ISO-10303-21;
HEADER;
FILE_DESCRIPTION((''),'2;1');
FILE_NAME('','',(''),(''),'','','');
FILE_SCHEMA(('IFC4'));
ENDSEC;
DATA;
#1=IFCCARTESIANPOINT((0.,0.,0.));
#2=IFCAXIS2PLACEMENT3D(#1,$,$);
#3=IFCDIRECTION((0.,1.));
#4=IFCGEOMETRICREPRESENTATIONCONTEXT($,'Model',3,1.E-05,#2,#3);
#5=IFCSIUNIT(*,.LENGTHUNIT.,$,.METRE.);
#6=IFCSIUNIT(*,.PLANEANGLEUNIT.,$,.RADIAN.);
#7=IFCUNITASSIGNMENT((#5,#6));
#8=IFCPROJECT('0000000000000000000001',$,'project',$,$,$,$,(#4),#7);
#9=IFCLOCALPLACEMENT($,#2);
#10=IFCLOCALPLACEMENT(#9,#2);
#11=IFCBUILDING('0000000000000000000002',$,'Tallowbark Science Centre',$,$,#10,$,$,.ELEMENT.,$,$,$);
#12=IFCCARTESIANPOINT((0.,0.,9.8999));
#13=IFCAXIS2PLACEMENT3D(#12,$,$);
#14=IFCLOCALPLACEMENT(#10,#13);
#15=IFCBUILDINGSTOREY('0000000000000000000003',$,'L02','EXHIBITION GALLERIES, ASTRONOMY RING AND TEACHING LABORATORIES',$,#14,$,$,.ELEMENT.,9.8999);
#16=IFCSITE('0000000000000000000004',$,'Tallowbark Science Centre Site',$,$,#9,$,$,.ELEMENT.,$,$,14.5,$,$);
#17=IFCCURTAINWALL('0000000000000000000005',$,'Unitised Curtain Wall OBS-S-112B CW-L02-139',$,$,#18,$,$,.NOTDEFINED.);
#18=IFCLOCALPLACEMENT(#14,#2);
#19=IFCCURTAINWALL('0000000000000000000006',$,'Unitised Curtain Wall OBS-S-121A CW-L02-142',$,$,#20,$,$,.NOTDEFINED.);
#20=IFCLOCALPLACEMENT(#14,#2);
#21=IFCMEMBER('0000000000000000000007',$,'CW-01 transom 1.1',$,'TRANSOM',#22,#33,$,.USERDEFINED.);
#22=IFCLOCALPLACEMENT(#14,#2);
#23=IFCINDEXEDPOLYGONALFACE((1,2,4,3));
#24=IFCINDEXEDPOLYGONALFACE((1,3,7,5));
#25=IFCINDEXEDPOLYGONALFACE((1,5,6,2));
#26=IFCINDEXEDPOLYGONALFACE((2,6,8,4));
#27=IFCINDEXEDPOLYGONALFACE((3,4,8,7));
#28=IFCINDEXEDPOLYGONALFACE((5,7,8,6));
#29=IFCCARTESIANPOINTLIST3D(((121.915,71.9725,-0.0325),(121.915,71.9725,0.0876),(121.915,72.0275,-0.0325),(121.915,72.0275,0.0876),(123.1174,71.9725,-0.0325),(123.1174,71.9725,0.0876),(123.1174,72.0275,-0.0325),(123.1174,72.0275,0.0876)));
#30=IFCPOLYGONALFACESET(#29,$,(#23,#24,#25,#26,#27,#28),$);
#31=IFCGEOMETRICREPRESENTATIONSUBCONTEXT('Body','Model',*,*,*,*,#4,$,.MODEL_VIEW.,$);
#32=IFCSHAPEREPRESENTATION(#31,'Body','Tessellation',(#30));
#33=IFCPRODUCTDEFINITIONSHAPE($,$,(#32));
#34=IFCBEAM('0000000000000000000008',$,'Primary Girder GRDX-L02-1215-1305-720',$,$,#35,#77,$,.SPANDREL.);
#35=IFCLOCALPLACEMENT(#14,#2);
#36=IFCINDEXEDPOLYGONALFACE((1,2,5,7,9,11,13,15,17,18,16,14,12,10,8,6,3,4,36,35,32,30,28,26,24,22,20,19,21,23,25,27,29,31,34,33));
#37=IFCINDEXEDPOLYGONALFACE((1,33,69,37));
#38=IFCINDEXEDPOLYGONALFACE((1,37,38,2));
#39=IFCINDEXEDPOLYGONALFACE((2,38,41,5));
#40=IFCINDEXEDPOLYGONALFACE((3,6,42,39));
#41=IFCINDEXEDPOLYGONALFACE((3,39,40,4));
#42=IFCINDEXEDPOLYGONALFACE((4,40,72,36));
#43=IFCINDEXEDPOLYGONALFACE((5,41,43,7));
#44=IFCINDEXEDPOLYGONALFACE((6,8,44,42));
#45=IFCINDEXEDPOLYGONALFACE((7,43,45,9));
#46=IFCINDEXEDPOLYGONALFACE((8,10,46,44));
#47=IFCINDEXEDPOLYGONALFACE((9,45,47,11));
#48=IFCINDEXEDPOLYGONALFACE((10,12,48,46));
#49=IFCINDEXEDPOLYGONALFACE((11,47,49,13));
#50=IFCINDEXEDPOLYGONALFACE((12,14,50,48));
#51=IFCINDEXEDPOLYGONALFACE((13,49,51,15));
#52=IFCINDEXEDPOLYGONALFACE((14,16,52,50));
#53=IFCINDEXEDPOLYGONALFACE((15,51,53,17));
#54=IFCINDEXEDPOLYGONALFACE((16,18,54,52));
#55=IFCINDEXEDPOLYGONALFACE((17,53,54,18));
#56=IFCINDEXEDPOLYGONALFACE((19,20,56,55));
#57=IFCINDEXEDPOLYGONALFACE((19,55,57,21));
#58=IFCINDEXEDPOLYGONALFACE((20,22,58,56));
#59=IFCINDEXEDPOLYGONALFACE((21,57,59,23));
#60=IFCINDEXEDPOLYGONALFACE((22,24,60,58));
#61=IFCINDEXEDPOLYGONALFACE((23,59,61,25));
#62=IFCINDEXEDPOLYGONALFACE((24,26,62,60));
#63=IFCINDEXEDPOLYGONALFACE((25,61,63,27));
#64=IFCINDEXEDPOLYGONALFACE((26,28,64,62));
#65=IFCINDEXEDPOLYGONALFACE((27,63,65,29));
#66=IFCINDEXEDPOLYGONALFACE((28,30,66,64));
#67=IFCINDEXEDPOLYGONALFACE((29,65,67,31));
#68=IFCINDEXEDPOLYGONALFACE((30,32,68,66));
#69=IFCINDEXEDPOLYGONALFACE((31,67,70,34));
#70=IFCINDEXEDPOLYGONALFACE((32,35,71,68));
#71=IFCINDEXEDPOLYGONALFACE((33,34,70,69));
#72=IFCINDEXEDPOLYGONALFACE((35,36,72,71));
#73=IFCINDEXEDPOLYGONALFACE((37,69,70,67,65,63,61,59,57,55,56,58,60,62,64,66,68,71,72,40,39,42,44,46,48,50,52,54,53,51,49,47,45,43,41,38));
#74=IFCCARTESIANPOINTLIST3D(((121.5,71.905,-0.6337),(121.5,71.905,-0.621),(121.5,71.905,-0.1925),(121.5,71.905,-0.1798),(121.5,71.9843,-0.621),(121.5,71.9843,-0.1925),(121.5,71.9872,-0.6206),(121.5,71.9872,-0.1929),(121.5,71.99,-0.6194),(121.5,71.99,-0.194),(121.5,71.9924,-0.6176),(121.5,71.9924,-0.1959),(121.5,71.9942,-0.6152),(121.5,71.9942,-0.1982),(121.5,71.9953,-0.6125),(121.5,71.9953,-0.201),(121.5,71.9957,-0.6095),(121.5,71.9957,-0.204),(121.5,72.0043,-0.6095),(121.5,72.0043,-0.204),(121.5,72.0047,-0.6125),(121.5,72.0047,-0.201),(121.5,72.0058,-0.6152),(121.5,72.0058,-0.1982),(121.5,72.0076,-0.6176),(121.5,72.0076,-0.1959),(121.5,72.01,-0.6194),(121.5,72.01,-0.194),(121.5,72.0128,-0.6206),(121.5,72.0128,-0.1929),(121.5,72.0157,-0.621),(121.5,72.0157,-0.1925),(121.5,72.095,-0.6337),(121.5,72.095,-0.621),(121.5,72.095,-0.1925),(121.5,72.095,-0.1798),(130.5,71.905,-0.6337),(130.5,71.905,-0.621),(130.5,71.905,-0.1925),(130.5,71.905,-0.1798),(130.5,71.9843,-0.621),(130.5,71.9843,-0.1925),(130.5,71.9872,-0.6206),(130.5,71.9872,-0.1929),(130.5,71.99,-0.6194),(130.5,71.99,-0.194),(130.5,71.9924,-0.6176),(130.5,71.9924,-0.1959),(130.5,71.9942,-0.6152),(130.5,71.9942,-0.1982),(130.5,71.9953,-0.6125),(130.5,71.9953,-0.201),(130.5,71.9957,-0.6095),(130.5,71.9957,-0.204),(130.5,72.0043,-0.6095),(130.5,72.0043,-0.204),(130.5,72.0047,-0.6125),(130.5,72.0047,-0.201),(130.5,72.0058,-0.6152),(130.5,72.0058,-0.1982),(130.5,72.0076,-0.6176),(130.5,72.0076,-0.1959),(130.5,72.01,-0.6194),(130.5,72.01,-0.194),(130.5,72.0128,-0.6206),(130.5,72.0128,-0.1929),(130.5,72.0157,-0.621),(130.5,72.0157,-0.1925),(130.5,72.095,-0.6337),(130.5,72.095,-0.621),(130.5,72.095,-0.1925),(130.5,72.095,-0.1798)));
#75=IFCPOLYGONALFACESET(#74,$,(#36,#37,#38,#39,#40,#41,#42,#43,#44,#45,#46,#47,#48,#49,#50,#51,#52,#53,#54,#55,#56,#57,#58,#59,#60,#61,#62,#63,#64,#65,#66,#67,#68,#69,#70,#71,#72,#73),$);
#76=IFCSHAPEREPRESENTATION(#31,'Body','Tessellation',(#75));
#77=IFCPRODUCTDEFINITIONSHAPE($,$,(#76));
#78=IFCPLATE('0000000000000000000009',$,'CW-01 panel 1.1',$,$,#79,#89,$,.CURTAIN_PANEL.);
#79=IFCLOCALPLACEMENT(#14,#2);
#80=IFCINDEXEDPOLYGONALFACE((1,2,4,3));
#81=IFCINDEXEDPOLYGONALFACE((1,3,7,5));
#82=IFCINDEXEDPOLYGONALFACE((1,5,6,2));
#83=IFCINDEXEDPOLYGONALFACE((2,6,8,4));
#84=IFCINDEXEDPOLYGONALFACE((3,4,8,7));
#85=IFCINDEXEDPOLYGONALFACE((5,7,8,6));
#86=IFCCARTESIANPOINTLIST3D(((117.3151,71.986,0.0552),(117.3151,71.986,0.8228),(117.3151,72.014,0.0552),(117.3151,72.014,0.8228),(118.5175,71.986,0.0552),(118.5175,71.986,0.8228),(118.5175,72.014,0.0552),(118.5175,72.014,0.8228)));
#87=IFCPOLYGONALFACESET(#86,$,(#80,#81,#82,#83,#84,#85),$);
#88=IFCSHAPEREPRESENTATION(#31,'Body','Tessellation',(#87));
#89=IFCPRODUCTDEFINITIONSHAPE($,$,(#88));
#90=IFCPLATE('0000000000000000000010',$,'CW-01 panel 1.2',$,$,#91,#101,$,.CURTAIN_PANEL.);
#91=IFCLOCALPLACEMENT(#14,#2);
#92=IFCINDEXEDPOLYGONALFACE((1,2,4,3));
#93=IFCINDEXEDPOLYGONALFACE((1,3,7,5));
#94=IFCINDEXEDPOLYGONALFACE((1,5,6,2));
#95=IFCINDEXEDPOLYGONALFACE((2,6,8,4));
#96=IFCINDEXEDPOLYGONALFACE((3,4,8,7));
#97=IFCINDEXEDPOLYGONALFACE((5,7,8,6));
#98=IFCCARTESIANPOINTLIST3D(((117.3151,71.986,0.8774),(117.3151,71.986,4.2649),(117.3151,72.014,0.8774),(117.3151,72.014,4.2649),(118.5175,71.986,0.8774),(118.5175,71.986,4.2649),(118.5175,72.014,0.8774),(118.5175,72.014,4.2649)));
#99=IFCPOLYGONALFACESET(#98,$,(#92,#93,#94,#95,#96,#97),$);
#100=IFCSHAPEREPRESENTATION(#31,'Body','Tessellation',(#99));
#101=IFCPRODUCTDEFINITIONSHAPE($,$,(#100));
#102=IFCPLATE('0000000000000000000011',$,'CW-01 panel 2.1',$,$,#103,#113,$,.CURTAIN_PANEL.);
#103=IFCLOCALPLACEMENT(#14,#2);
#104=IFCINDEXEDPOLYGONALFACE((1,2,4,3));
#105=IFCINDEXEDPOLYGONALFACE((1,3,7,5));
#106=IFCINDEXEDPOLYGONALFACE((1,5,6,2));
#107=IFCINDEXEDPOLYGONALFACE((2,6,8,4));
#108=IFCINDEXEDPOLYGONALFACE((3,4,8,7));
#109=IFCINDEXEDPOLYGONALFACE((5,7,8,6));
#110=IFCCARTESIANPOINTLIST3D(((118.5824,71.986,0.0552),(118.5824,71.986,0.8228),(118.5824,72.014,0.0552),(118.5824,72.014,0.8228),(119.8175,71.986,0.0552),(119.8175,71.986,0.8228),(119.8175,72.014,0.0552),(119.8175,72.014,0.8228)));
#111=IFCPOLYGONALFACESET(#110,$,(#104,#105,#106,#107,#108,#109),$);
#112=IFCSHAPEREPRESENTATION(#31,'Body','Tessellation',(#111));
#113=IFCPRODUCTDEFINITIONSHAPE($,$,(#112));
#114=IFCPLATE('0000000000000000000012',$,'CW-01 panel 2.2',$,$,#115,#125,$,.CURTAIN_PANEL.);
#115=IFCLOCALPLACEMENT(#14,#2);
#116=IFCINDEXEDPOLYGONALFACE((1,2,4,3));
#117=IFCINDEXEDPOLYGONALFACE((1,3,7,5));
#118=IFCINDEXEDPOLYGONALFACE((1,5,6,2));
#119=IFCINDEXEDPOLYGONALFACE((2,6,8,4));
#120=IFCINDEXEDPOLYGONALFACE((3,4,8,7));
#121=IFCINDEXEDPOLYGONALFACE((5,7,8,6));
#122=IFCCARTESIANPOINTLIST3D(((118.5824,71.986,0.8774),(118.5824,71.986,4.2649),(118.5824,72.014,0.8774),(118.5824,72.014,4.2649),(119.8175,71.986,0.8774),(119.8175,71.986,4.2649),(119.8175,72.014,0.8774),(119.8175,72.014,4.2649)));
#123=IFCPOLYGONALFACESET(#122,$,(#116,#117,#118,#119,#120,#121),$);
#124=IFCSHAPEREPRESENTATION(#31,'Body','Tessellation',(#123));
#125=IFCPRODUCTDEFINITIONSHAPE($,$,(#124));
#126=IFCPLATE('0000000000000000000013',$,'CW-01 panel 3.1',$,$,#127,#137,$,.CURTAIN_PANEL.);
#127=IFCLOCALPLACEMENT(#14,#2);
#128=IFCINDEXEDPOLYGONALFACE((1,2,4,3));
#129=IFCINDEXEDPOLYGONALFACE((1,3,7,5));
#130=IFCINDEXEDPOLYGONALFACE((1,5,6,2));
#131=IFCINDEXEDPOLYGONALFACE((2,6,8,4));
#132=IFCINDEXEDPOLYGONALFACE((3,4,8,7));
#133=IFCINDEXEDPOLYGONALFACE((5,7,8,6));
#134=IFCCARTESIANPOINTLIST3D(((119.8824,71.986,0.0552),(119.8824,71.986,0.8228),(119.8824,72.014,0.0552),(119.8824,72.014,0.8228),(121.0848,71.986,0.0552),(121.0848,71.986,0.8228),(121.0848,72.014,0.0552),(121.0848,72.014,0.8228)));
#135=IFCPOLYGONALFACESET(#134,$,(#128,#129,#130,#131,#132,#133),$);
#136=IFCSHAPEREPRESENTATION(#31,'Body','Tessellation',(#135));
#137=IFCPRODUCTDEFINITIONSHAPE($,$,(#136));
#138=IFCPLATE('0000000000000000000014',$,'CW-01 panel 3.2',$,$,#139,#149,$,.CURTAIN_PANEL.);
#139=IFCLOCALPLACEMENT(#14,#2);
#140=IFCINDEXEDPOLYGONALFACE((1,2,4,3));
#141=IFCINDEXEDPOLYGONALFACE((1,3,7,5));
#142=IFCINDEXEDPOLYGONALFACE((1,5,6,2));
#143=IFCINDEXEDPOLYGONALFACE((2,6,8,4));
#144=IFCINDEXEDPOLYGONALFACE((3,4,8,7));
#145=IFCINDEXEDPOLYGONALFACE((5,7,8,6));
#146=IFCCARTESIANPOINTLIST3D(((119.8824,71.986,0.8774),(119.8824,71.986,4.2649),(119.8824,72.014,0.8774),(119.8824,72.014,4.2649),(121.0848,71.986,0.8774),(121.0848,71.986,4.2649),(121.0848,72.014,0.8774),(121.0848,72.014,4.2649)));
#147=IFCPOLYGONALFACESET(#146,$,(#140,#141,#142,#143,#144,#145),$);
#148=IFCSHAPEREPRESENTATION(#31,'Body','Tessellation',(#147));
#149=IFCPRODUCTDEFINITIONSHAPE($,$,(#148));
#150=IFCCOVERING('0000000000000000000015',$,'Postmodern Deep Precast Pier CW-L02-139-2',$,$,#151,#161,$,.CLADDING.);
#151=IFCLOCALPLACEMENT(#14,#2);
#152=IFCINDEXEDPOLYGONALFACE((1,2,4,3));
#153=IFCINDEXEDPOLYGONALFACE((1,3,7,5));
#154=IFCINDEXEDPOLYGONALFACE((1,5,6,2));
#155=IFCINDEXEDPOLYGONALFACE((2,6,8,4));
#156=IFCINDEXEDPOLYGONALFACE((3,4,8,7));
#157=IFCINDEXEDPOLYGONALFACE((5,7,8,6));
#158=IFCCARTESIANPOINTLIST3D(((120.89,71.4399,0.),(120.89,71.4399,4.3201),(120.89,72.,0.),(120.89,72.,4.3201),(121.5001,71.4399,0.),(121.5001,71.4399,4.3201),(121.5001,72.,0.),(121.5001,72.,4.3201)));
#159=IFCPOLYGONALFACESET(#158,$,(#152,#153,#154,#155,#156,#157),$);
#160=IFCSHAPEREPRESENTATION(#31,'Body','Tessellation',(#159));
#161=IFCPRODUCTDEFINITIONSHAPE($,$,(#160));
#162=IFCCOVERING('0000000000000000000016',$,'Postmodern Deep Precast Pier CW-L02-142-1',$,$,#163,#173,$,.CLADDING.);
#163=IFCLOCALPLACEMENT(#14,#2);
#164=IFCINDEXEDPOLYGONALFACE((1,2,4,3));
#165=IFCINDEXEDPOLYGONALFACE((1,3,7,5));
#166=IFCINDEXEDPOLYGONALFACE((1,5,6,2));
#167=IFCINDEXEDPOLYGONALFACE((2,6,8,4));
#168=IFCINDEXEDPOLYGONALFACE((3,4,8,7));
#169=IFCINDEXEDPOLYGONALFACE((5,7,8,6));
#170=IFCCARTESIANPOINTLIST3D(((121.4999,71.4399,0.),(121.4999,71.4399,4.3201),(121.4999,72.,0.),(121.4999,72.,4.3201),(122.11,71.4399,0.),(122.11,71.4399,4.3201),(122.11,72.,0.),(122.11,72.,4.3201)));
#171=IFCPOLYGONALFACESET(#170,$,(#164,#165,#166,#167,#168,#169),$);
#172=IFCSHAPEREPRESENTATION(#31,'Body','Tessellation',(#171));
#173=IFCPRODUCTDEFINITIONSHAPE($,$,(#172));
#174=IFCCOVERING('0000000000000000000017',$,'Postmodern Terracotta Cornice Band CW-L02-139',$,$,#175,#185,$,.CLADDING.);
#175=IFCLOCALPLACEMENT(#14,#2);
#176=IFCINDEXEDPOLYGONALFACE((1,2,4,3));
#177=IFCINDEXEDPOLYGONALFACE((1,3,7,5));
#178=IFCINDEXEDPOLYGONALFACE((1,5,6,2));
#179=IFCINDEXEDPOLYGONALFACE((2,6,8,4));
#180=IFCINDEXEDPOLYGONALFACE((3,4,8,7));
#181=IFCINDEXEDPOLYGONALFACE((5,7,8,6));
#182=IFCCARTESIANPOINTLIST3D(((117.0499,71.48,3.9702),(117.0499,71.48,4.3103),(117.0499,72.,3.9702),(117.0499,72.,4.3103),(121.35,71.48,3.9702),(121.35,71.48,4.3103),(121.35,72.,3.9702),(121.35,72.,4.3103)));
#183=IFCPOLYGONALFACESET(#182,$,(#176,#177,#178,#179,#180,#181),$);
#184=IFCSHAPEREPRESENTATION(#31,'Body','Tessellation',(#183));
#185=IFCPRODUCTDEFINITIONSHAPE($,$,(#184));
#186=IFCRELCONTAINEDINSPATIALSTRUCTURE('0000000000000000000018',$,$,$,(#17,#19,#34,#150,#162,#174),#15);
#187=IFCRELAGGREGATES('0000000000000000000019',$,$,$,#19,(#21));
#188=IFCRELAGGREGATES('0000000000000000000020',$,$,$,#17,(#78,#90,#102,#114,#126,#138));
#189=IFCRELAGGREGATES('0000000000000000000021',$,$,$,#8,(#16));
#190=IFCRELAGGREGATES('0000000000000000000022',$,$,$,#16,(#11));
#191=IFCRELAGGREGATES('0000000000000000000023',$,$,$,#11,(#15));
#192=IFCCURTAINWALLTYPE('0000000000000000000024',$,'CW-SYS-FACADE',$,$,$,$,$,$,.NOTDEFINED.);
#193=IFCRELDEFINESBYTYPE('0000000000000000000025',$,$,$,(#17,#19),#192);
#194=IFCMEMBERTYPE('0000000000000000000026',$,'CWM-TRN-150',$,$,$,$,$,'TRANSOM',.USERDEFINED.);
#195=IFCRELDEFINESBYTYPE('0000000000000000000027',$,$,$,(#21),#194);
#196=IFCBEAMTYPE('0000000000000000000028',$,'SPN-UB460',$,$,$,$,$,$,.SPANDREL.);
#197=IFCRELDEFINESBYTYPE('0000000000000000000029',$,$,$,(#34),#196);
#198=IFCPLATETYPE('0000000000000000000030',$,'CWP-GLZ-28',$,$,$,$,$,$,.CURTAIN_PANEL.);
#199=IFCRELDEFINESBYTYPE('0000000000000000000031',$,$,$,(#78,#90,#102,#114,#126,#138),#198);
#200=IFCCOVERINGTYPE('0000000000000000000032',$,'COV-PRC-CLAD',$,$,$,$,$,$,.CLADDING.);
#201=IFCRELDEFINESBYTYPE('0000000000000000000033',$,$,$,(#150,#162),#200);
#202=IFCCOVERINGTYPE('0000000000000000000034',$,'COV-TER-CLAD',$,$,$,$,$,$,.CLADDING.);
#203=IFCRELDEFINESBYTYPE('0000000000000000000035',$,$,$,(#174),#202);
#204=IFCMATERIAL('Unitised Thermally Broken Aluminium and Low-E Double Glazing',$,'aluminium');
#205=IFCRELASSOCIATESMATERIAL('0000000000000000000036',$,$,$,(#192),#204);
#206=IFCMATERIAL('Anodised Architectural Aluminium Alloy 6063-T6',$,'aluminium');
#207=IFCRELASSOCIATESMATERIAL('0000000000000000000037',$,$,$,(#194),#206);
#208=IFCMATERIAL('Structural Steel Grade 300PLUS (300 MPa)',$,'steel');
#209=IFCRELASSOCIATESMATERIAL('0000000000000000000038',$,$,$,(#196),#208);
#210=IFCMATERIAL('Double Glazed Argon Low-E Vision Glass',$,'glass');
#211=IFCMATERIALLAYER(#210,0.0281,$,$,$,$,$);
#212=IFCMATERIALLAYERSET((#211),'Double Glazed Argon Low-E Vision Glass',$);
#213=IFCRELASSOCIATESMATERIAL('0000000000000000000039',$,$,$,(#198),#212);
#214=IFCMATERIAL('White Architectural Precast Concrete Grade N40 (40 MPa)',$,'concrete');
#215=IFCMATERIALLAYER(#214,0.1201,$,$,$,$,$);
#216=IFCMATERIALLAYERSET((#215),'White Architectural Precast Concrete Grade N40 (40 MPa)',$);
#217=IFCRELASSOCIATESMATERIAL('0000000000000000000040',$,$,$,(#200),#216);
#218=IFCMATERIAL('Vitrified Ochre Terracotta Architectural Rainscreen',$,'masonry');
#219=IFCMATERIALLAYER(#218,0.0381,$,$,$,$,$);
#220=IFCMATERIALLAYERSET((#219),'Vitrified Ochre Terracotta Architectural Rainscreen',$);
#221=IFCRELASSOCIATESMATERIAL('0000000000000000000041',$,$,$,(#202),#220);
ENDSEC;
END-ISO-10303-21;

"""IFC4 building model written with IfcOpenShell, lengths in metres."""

from ifc_helpers import new_model, si_unit, direction, frame, origin, origin_2d, place, context, subcontext, project, spatial, rectangle, i_section, extrude, material, layer, layer_set, material_profile, profile_set, type_object, element, aggregate, save


model = new_model("IFC4")

# Units and contexts
model_context = context("Model", 3, precision=1e-05, world=origin(), true_north=direction((0.0, 1.0)))
body_context = subcontext(model_context, "Body", "Model", "MODEL_VIEW")
ifc_project = project(units=[si_unit("LENGTHUNIT", "METRE"), si_unit("PLANEANGLEUNIT", "RADIAN")], contexts=[model_context])

# Site, building, storey
site_placement = place(None, origin())
site = spatial("IfcSite", under=ifc_project, at=site_placement, Name="Tallowbark Science Centre Site", CompositionType="ELEMENT", RefElevation=14.5)
building_placement = place(site_placement, origin())
building = spatial("IfcBuilding", under=site, at=building_placement, Name="Tallowbark Science Centre", CompositionType="ELEMENT")
storey_placement = place(building_placement, frame((0.0, 0.0, 9.8999)))
storey = spatial("IfcBuildingStorey", under=building, at=storey_placement, Name="L02", Description="EXHIBITION GALLERIES, ASTRONOMY RING AND TEACHING LABORATORIES", CompositionType="ELEMENT", Elevation=9.8999)

# Shared definitions
ifc_material_1 = material(Name="Structural Steel Grade 300PLUS (300 MPa)", Category="steel")

# Curtain wall
ifc_material_2 = material(Name="Unitised Thermally Broken Aluminium and Low-E Double Glazing", Category="aluminium")
curtain_wall_type = type_object("IfcCurtainWallType", Name="CW-SYS-FACADE", PredefinedType="NOTDEFINED", material=ifc_material_2)
curtain_wall_1_placement = place(storey_placement, origin())
curtain_wall_1 = element("IfcCurtainWall", 1, at=curtain_wall_1_placement, inside=storey, type_object=curtain_wall_type, Name="Unitised Curtain Wall OBS-S-112B CW-L02-139", PredefinedType="NOTDEFINED")
ifc_material_3 = material(Name="Anodised Architectural Aluminium Alloy 6063-T6", Category="aluminium")

# Curtain wall
curtain_wall_2_placement = place(storey_placement, origin())
curtain_wall_2 = element("IfcCurtainWall", 2, at=curtain_wall_2_placement, inside=storey, type_object=curtain_wall_type, Name="Unitised Curtain Wall OBS-S-121A CW-L02-142", PredefinedType="NOTDEFINED")

# Member
ifc_material_profile_1 = material_profile(ifc_material_3, rectangle(XDim=0.0549, YDim=0.1201, at=origin_2d()), Name="ALU55x120")
ifc_profile_set_1 = profile_set([ifc_material_profile_1], Name="Anodised Architectural Aluminium Alloy 6063-T6")
member_type_1 = type_object("IfcMemberType", Name="CWM-TRN-150", ElementType="TRANSOM", PredefinedType="USERDEFINED", material=ifc_profile_set_1)
member_1_placement = place(storey_placement, frame((121.915, 72.0, 0.0276), z_axis=(1.0, 0.0, 0.0), x_axis=(0.0, 1.0, 0.0)))
member_1 = element("IfcMember", 3, at=member_1_placement, type_object=member_type_1, Name="CW-01 transom 1.1", ObjectType="TRANSOM", PredefinedType="USERDEFINED", context=body_context, shape_type="SweptSolid", body=[
    extrude(rectangle(XDim=0.0549, YDim=0.1201, at=origin_2d()), origin(), (0.0, 0.0, 1.0), 1.2024),
])
aggregate(curtain_wall_2, [member_1])

# Beam
ifc_material_profile_2 = material_profile(ifc_material_1, i_section(OverallWidth=0.1899, OverallDepth=0.4539, WebThickness=0.0085, FlangeThickness=0.0127, FilletRadius=0.0115, at=origin_2d()), Name="460UB67.1")
ifc_profile_set_2 = profile_set([ifc_material_profile_2], Name="Structural Steel Grade 300PLUS (300 MPa)")
beam_type = type_object("IfcBeamType", Name="SPN-UB460", PredefinedType="SPANDREL", material=ifc_profile_set_2)
beam_placement = place(storey_placement, frame((121.5, 72.0, -0.4067), z_axis=(1.0, 0.0, 0.0), x_axis=(0.0, 1.0, 0.0)))
element("IfcBeam", 4, at=beam_placement, inside=storey, type_object=beam_type, Name="Primary Girder GRDX-L02-1215-1305-720", PredefinedType="SPANDREL", context=body_context, shape_type="SweptSolid", body=[
    extrude(i_section(OverallWidth=0.1899, OverallDepth=0.4539, WebThickness=0.0085, FlangeThickness=0.0127, FilletRadius=0.0115, at=origin_2d()), origin(), (0.0, 0.0, 1.0), 9.0),
])

# Plates
ifc_material_4 = material(Name="Double Glazed Argon Low-E Vision Glass", Category="glass")
ifc_layer_1 = layer(ifc_material_4, 0.0281)
ifc_layer_set_1 = layer_set([ifc_layer_1], Name="Double Glazed Argon Low-E Vision Glass")
plate_type = type_object("IfcPlateType", Name="CWP-GLZ-28", PredefinedType="CURTAIN_PANEL", material=ifc_layer_set_1)
plate_1_placement = place(storey_placement, frame((117.9163, 72.0, 0.0552), z_axis=(0.0, 0.0, 1.0), x_axis=(1.0, 0.0, 0.0)))
plate_1 = element("IfcPlate", 5, at=plate_1_placement, type_object=plate_type, Name="CW-01 panel 1.1", PredefinedType="CURTAIN_PANEL", context=body_context, shape_type="SweptSolid", body=[
    extrude(rectangle(XDim=1.2024, YDim=0.0281, at=origin_2d()), origin(), (0.0, 0.0, 1.0), 0.7676),
])
plate_2_placement = place(storey_placement, frame((117.9163, 72.0, 0.8774), z_axis=(0.0, 0.0, 1.0), x_axis=(1.0, 0.0, 0.0)))
plate_2 = element("IfcPlate", 6, at=plate_2_placement, type_object=plate_type, Name="CW-01 panel 1.2", PredefinedType="CURTAIN_PANEL", context=body_context, shape_type="SweptSolid", body=[
    extrude(rectangle(XDim=1.2024, YDim=0.0281, at=origin_2d()), origin(), (0.0, 0.0, 1.0), 3.3875),
])
plate_3_placement = place(storey_placement, frame((119.2, 72.0, 0.0552), z_axis=(0.0, 0.0, 1.0), x_axis=(1.0, 0.0, 0.0)))
plate_3 = element("IfcPlate", 7, at=plate_3_placement, type_object=plate_type, Name="CW-01 panel 2.1", PredefinedType="CURTAIN_PANEL", context=body_context, shape_type="SweptSolid", body=[
    extrude(rectangle(XDim=1.2351, YDim=0.0281, at=origin_2d()), origin(), (0.0, 0.0, 1.0), 0.7676),
])
plate_4_placement = place(storey_placement, frame((119.2, 72.0, 0.8774), z_axis=(0.0, 0.0, 1.0), x_axis=(1.0, 0.0, 0.0)))
plate_4 = element("IfcPlate", 8, at=plate_4_placement, type_object=plate_type, Name="CW-01 panel 2.2", PredefinedType="CURTAIN_PANEL", context=body_context, shape_type="SweptSolid", body=[
    extrude(rectangle(XDim=1.2351, YDim=0.0281, at=origin_2d()), origin(), (0.0, 0.0, 1.0), 3.3875),
])
plate_5_placement = place(storey_placement, frame((120.4836, 72.0, 0.0552), z_axis=(0.0, 0.0, 1.0), x_axis=(1.0, 0.0, 0.0)))
plate_5 = element("IfcPlate", 9, at=plate_5_placement, type_object=plate_type, Name="CW-01 panel 3.1", PredefinedType="CURTAIN_PANEL", context=body_context, shape_type="SweptSolid", body=[
    extrude(rectangle(XDim=1.2024, YDim=0.0281, at=origin_2d()), origin(), (0.0, 0.0, 1.0), 0.7676),
])
plate_6_placement = place(storey_placement, frame((120.4836, 72.0, 0.8774), z_axis=(0.0, 0.0, 1.0), x_axis=(1.0, 0.0, 0.0)))
plate_6 = element("IfcPlate", 10, at=plate_6_placement, type_object=plate_type, Name="CW-01 panel 3.2", PredefinedType="CURTAIN_PANEL", context=body_context, shape_type="SweptSolid", body=[
    extrude(rectangle(XDim=1.2024, YDim=0.0281, at=origin_2d()), origin(), (0.0, 0.0, 1.0), 3.3875),
])
aggregate(curtain_wall_1, [plate_1, plate_2, plate_3, plate_4, plate_5, plate_6])

# Coverings
ifc_material_5 = material(Name="White Architectural Precast Concrete Grade N40 (40 MPa)", Category="concrete")
ifc_layer_2 = layer(ifc_material_5, 0.1201)
ifc_layer_set_2 = layer_set([ifc_layer_2], Name="White Architectural Precast Concrete Grade N40 (40 MPa)")
covering_type_1 = type_object("IfcCoveringType", Name="COV-PRC-CLAD", PredefinedType="CLADDING", material=ifc_layer_set_2)
for number, where, z_axis, x_axis, name in (
    (11, (121.1951, 71.72, 0.0), (0.0, 0.0, 1.0), (1.0, 0.0, 0.0), "Postmodern Deep Precast Pier CW-L02-139-2"),
    (12, (121.8049, 71.72, 0.0), (0.0, 0.0, 1.0), (1.0, 0.0, 0.0), "Postmodern Deep Precast Pier CW-L02-142-1"),
):
    element("IfcCovering", number, at=place(storey_placement, frame(where, z_axis=z_axis, x_axis=x_axis)), inside=storey, type_object=covering_type_1, Name=name, PredefinedType="CLADDING", context=body_context, shape_type="SweptSolid", body=[
        extrude(rectangle(XDim=0.6101, YDim=0.5601, at=origin_2d()), origin(), (0.0, 0.0, 1.0), 4.3201),
    ])
ifc_material_6 = material(Name="Vitrified Ochre Terracotta Architectural Rainscreen", Category="masonry")
ifc_layer_3 = layer(ifc_material_6, 0.0381)
ifc_layer_set_3 = layer_set([ifc_layer_3], Name="Vitrified Ochre Terracotta Architectural Rainscreen")
covering_type_2 = type_object("IfcCoveringType", Name="COV-TER-CLAD", PredefinedType="CLADDING", material=ifc_layer_set_3)
covering_placement = place(storey_placement, frame((119.2, 71.74, 3.9702), z_axis=(0.0, 0.0, 1.0), x_axis=(1.0, 0.0, 0.0)))
element("IfcCovering", 13, at=covering_placement, inside=storey, type_object=covering_type_2, Name="Postmodern Terracotta Cornice Band CW-L02-139", PredefinedType="CLADDING", context=body_context, shape_type="SweptSolid", body=[
    extrude(rectangle(XDim=4.3, YDim=0.52, at=origin_2d()), origin(), (0.0, 0.0, 1.0), 0.3401),
])

save(model, "model.ifc")
